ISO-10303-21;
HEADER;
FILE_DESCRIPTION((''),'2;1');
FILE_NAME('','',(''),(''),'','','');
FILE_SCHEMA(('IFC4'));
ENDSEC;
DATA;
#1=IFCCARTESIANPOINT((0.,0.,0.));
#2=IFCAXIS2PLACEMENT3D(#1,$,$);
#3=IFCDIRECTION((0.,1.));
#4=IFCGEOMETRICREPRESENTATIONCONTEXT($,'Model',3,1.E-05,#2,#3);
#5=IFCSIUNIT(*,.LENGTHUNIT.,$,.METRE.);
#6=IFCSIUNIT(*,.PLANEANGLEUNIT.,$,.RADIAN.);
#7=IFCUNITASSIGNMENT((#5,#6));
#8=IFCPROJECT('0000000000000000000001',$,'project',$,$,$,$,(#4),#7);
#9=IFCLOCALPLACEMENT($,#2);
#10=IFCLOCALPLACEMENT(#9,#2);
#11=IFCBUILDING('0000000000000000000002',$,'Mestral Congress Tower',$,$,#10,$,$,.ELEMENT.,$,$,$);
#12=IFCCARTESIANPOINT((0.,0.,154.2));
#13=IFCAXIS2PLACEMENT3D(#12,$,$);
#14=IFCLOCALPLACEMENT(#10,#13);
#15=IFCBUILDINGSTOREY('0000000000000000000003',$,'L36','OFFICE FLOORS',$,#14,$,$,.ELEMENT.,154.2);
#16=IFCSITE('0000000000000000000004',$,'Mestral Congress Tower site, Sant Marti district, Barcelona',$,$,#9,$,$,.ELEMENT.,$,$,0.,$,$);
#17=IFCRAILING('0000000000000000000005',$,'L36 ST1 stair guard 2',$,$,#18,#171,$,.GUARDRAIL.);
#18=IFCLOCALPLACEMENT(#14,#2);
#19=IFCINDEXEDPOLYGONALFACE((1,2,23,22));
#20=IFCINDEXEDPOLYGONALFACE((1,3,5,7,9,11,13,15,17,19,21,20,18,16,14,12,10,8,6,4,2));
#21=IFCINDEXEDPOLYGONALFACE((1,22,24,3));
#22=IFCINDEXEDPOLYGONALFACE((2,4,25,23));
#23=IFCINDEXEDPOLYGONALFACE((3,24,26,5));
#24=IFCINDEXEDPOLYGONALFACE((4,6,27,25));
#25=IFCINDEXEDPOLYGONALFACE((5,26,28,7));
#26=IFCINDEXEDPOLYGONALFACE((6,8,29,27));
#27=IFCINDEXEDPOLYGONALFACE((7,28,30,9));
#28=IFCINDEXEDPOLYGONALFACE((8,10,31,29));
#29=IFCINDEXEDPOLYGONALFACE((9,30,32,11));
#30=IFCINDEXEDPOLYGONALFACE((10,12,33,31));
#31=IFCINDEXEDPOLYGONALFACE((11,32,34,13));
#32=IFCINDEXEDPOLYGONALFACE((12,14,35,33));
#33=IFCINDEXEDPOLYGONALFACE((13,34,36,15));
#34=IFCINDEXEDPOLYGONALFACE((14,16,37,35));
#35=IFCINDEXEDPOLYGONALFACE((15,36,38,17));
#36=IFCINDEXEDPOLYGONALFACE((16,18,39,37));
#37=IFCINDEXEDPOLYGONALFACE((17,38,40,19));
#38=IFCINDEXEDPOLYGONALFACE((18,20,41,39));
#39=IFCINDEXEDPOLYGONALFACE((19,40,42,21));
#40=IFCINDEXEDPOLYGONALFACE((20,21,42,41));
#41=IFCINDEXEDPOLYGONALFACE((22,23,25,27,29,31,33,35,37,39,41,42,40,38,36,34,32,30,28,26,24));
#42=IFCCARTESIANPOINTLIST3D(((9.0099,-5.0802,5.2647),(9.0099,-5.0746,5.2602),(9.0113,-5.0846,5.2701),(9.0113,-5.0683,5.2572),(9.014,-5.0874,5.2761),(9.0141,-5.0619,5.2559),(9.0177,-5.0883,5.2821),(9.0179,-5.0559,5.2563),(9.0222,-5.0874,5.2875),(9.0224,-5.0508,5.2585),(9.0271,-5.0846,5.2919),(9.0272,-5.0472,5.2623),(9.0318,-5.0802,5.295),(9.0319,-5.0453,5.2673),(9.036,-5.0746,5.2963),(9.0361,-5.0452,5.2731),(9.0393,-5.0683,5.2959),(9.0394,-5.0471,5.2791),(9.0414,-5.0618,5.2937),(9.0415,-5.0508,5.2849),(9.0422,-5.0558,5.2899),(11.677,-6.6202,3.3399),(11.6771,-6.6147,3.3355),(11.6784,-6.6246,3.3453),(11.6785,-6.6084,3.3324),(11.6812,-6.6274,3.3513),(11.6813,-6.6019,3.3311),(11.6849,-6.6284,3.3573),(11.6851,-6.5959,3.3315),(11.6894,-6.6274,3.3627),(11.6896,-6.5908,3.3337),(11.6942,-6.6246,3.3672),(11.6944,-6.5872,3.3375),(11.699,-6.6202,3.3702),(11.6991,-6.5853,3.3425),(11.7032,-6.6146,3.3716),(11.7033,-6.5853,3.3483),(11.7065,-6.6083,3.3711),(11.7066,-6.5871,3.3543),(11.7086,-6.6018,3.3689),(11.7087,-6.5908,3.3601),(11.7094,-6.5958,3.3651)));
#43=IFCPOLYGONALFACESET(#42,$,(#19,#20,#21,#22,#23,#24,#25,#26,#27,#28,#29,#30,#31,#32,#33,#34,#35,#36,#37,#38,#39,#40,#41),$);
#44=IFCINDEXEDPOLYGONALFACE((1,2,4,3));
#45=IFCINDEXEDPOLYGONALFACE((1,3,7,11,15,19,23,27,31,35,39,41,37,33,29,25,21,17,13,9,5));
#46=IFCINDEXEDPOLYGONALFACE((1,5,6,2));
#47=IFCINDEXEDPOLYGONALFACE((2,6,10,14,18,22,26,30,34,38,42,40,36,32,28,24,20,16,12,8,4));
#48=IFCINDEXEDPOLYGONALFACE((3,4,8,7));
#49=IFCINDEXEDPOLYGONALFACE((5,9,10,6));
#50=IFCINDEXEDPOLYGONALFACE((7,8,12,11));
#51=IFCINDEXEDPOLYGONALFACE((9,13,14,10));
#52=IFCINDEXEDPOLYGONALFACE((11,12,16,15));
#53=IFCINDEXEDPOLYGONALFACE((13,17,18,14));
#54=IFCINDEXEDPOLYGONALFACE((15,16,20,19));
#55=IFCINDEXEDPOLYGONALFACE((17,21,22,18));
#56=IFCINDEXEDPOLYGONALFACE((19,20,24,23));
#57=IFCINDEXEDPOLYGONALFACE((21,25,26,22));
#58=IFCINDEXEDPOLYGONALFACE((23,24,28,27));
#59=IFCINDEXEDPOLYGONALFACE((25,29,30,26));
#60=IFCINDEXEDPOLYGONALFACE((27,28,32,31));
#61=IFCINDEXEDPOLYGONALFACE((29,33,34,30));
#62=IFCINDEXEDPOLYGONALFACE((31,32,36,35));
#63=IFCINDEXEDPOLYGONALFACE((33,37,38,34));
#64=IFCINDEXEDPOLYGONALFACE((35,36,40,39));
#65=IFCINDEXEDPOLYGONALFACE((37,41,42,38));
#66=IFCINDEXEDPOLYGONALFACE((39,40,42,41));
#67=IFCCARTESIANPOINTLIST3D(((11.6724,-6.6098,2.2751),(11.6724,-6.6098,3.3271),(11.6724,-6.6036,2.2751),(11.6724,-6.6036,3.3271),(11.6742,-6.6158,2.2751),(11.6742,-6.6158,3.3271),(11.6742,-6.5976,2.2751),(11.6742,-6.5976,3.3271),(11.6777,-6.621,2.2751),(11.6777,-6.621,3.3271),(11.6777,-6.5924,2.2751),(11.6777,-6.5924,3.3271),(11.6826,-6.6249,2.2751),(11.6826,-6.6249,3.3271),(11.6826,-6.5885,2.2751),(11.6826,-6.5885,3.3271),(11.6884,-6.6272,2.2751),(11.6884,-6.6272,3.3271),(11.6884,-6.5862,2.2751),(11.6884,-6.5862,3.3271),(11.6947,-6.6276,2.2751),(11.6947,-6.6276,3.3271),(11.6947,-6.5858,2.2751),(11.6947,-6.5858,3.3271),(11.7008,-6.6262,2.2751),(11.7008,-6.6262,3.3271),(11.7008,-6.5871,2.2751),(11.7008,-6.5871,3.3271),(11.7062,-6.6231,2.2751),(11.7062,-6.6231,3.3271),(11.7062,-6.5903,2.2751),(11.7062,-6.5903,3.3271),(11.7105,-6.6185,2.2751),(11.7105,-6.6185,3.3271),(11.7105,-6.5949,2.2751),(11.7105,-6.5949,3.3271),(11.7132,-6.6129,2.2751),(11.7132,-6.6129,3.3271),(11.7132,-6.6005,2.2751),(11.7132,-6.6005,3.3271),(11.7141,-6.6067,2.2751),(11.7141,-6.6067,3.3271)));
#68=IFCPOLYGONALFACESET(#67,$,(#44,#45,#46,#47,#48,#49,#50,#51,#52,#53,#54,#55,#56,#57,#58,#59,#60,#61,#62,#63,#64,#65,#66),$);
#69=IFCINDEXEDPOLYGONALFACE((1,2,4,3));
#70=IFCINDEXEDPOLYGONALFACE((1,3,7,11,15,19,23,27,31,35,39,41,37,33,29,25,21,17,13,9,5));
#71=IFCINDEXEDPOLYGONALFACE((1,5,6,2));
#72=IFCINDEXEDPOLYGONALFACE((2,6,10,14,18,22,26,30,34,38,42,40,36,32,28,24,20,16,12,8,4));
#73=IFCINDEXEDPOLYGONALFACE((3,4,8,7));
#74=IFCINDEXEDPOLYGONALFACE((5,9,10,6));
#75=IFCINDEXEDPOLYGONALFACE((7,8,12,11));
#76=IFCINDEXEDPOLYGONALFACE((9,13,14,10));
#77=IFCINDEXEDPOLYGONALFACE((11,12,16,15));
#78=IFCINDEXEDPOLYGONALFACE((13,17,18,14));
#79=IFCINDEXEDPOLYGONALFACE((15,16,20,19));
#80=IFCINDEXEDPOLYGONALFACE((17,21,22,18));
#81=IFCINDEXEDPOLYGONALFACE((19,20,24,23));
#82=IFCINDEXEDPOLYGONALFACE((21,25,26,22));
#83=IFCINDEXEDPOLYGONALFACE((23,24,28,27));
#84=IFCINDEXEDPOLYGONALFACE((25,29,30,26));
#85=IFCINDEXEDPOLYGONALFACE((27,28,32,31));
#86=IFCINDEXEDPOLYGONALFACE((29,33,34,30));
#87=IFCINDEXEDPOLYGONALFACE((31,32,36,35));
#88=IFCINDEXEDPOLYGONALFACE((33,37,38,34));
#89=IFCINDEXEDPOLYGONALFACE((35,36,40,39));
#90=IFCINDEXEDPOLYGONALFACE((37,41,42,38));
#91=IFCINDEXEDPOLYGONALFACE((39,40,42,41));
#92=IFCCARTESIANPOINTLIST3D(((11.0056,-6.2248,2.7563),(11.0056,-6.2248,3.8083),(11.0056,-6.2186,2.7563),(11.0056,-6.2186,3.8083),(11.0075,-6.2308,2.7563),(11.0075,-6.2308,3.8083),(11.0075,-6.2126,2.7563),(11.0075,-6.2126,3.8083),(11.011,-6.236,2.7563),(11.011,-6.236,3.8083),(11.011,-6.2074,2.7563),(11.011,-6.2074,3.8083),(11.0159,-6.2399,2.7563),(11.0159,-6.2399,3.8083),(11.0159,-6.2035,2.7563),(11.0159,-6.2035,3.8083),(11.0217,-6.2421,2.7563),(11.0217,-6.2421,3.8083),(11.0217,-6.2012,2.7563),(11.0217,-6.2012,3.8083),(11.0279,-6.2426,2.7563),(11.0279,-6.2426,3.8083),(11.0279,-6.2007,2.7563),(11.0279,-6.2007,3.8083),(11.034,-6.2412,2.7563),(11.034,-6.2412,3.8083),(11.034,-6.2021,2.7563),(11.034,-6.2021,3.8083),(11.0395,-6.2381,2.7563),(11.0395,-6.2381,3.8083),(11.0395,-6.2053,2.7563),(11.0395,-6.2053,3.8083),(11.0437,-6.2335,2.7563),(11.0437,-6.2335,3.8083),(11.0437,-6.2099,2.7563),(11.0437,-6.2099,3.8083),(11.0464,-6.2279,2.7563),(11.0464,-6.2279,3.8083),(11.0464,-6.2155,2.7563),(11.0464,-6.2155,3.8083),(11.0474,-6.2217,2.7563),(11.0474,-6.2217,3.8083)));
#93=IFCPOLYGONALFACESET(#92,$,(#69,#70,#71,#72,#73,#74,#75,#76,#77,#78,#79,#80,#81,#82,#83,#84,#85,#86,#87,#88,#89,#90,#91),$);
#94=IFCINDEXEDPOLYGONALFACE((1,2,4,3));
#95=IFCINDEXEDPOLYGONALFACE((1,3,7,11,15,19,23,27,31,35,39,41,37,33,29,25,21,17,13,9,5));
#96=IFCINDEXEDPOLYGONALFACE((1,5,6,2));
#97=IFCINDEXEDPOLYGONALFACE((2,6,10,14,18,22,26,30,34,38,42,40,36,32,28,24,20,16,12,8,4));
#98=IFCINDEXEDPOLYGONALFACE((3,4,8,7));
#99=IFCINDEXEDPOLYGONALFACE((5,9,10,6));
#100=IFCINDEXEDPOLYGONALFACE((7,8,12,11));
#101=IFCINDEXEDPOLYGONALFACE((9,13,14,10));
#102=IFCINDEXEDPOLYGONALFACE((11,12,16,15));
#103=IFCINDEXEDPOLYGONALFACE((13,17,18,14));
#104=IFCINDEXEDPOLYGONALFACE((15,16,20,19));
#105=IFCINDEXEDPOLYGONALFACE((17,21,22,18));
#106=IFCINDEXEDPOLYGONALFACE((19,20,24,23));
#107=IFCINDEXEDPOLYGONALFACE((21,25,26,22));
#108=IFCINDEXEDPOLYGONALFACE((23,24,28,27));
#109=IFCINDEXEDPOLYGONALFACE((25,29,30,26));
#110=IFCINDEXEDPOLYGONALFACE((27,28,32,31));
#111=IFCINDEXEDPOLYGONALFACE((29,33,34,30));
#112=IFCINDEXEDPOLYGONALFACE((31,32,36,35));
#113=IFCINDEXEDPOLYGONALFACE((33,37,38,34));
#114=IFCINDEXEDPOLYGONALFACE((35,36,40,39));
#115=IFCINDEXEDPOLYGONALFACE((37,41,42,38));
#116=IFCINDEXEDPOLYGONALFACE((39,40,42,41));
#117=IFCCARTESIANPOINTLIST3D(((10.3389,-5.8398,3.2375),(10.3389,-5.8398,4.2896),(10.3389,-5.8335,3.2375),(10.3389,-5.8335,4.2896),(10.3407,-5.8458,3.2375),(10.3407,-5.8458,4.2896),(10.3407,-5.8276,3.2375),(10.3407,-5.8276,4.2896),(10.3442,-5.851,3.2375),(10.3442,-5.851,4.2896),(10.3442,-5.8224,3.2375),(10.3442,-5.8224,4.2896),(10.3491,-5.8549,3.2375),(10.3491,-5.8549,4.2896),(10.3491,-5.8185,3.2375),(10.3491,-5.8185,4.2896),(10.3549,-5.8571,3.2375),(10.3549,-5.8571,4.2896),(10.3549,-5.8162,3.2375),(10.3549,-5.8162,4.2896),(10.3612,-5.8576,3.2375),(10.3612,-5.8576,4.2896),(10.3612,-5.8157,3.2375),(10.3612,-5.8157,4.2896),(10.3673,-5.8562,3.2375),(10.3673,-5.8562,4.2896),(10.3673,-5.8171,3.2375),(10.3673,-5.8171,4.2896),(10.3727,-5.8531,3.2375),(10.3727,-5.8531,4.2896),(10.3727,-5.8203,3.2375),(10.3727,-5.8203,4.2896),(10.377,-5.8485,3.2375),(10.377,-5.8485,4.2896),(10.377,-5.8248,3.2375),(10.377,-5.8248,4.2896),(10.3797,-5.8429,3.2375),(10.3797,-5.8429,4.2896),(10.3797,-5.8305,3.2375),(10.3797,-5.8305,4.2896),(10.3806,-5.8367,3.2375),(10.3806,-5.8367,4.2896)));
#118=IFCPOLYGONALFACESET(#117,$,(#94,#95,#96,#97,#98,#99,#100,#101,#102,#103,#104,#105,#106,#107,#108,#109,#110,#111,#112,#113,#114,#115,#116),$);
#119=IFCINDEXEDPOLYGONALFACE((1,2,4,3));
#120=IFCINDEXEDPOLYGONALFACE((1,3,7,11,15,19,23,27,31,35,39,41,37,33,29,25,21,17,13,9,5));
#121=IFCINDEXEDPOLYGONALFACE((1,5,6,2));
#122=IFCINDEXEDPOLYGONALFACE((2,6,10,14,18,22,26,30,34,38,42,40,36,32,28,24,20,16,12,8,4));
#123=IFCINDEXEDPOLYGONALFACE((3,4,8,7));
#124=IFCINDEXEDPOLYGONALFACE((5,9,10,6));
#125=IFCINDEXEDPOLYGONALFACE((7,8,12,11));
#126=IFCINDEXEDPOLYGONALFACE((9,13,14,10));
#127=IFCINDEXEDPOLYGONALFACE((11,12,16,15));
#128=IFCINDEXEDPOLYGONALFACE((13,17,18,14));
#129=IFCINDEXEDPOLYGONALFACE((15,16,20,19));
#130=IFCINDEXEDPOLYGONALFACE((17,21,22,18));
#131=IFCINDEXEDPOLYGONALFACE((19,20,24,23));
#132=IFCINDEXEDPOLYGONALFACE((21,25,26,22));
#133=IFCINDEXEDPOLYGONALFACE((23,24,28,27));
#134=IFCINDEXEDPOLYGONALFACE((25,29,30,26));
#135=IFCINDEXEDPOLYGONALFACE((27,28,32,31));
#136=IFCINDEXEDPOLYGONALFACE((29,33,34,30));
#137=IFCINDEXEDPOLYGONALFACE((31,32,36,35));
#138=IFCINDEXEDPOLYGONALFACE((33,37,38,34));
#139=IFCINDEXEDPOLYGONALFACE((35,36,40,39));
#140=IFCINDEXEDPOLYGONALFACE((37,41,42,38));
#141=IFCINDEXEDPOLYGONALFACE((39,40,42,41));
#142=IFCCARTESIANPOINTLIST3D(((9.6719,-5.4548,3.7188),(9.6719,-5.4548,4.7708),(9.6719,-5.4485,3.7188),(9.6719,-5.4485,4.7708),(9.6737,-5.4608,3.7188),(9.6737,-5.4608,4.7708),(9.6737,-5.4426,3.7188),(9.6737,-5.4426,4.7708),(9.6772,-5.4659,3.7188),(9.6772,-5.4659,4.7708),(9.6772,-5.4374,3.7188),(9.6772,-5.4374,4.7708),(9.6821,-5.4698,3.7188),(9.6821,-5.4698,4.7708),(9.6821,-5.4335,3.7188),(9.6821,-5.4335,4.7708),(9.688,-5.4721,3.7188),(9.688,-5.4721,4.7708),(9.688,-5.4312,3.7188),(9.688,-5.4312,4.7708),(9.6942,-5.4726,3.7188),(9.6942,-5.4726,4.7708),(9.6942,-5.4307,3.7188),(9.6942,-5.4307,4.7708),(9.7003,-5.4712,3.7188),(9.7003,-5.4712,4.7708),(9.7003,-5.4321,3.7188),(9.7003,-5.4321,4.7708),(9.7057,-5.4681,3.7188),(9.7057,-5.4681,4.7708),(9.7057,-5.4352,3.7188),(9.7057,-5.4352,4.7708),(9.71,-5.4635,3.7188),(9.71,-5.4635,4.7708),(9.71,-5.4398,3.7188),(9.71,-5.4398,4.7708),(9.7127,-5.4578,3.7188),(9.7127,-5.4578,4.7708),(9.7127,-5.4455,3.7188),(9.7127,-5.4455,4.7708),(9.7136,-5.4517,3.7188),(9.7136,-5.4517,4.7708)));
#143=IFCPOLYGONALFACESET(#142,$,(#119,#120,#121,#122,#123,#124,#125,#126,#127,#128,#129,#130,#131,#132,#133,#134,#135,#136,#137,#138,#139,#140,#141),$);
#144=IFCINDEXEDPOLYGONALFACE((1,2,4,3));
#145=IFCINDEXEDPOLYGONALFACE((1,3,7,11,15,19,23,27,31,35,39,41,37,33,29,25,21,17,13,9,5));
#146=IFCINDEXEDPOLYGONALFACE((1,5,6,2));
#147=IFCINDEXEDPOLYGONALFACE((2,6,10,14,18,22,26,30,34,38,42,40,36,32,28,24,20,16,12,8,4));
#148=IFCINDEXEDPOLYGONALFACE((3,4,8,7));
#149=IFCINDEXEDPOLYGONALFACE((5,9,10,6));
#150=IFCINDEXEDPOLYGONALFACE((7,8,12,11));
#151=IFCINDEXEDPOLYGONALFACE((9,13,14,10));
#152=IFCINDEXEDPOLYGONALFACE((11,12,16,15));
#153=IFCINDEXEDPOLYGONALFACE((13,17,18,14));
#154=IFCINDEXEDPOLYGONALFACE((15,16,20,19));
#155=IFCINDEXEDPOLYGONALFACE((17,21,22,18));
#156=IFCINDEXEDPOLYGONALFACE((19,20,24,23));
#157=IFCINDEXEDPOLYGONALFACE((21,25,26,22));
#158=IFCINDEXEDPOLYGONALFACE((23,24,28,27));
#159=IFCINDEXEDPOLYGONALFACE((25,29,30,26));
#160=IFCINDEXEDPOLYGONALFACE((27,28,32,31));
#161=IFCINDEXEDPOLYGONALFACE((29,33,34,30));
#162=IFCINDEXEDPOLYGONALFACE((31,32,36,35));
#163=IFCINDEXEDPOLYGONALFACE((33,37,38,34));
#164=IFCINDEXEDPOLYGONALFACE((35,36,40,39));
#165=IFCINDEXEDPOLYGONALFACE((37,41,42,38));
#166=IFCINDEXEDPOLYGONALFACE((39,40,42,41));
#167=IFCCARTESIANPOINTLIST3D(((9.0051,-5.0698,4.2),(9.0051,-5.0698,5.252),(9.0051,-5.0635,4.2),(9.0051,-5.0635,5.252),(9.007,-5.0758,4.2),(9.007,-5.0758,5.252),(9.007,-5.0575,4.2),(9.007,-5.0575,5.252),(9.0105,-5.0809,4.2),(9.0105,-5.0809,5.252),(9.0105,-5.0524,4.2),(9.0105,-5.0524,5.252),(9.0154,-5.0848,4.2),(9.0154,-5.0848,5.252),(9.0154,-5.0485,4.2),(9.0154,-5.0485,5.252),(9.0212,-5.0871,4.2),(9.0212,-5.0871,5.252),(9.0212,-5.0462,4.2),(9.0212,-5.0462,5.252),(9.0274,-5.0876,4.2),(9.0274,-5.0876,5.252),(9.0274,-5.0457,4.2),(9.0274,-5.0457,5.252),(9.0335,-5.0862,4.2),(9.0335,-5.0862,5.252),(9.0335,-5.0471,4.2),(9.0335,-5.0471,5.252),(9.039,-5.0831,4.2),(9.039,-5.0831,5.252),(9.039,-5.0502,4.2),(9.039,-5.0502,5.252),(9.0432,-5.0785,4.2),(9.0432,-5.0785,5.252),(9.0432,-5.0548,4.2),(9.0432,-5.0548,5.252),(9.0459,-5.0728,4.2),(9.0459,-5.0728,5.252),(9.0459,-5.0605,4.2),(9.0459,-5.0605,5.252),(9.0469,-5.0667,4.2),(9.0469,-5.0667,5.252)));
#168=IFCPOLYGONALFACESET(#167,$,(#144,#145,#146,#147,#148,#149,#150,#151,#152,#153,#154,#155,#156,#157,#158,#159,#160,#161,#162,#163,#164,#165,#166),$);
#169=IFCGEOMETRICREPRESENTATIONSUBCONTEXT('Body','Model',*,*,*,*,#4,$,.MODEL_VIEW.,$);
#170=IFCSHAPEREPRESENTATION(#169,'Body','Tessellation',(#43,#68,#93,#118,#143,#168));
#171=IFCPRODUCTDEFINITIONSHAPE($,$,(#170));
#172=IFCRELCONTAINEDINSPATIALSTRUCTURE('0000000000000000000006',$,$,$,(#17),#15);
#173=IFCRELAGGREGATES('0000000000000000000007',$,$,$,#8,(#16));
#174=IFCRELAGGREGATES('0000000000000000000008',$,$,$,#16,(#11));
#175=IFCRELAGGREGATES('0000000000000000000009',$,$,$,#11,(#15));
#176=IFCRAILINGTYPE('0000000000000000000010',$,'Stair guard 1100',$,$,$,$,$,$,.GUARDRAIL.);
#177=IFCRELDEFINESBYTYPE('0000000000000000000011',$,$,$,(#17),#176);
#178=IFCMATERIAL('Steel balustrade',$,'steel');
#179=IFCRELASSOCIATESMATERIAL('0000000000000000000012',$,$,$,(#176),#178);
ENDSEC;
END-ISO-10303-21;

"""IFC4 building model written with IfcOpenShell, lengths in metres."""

from ifc_helpers import new_model, si_unit, direction, frame, origin, origin_2d, place, context, subcontext, project, spatial, circle, extrude, material, type_object, element, save


model = new_model("IFC4")

# Units and contexts
model_context = context("Model", 3, precision=1e-05, world=origin(), true_north=direction((0.0, 1.0)))
body_context = subcontext(model_context, "Body", "Model", "MODEL_VIEW")
ifc_project = project(units=[si_unit("LENGTHUNIT", "METRE"), si_unit("PLANEANGLEUNIT", "RADIAN")], contexts=[model_context])

# Site, building, storey
site_placement = place(None, origin())
site = spatial("IfcSite", under=ifc_project, at=site_placement, Name="Mestral Congress Tower site, Sant Marti district, Barcelona", CompositionType="ELEMENT", RefElevation=0.0)
building_placement = place(site_placement, origin())
building = spatial("IfcBuilding", under=site, at=building_placement, Name="Mestral Congress Tower", CompositionType="ELEMENT")
storey_placement = place(building_placement, frame((0.0, 0.0, 154.2)))
storey = spatial("IfcBuildingStorey", under=building, at=storey_placement, Name="L36", Description="OFFICE FLOORS", CompositionType="ELEMENT", Elevation=154.2)

# Railing
ifc_material_1 = material(Name="Steel balustrade", Category="steel")
railing_type_1 = type_object("IfcRailingType", Name="Stair guard 1100", PredefinedType="GUARDRAIL", material=ifc_material_1)
railing_1_placement = place(storey_placement, frame((11.6931, -6.6067, 2.2751)))
element("IfcRailing", 1, at=railing_1_placement, inside=storey, type_object=railing_type_1, Name="L36 ST1 stair guard 2", PredefinedType="GUARDRAIL", context=body_context, shape_type="SweptSolid", body=[
    extrude(circle(Radius=0.0239, at=origin_2d()), frame((0.0, 0.0, 1.0762), z_axis=(-0.73439, 0.424031, 0.529971), x_axis=(-0.500027, -0.86601, 0.0)), (0.0, 0.0, 1.0), 3.6318),
    extrude(circle(Radius=0.021, at=origin_2d()), origin(), (0.0, 0.0, 1.0), 1.052),
    extrude(circle(Radius=0.021, at=origin_2d()), frame((-0.6667, 0.385, 0.4812)), (0.0, 0.0, 1.0), 1.052),
    extrude(circle(Radius=0.021, at=origin_2d()), frame((-1.3335, 0.77, 0.9624)), (0.0, 0.0, 1.0), 1.052),
    extrude(circle(Radius=0.021, at=origin_2d()), frame((-2.0005, 1.155, 1.4436)), (0.0, 0.0, 1.0), 1.052),
    extrude(circle(Radius=0.021, at=origin_2d()), frame((-2.6672, 1.54, 1.9248)), (0.0, 0.0, 1.0), 1.052),
])

save(model, "model.ifc")
